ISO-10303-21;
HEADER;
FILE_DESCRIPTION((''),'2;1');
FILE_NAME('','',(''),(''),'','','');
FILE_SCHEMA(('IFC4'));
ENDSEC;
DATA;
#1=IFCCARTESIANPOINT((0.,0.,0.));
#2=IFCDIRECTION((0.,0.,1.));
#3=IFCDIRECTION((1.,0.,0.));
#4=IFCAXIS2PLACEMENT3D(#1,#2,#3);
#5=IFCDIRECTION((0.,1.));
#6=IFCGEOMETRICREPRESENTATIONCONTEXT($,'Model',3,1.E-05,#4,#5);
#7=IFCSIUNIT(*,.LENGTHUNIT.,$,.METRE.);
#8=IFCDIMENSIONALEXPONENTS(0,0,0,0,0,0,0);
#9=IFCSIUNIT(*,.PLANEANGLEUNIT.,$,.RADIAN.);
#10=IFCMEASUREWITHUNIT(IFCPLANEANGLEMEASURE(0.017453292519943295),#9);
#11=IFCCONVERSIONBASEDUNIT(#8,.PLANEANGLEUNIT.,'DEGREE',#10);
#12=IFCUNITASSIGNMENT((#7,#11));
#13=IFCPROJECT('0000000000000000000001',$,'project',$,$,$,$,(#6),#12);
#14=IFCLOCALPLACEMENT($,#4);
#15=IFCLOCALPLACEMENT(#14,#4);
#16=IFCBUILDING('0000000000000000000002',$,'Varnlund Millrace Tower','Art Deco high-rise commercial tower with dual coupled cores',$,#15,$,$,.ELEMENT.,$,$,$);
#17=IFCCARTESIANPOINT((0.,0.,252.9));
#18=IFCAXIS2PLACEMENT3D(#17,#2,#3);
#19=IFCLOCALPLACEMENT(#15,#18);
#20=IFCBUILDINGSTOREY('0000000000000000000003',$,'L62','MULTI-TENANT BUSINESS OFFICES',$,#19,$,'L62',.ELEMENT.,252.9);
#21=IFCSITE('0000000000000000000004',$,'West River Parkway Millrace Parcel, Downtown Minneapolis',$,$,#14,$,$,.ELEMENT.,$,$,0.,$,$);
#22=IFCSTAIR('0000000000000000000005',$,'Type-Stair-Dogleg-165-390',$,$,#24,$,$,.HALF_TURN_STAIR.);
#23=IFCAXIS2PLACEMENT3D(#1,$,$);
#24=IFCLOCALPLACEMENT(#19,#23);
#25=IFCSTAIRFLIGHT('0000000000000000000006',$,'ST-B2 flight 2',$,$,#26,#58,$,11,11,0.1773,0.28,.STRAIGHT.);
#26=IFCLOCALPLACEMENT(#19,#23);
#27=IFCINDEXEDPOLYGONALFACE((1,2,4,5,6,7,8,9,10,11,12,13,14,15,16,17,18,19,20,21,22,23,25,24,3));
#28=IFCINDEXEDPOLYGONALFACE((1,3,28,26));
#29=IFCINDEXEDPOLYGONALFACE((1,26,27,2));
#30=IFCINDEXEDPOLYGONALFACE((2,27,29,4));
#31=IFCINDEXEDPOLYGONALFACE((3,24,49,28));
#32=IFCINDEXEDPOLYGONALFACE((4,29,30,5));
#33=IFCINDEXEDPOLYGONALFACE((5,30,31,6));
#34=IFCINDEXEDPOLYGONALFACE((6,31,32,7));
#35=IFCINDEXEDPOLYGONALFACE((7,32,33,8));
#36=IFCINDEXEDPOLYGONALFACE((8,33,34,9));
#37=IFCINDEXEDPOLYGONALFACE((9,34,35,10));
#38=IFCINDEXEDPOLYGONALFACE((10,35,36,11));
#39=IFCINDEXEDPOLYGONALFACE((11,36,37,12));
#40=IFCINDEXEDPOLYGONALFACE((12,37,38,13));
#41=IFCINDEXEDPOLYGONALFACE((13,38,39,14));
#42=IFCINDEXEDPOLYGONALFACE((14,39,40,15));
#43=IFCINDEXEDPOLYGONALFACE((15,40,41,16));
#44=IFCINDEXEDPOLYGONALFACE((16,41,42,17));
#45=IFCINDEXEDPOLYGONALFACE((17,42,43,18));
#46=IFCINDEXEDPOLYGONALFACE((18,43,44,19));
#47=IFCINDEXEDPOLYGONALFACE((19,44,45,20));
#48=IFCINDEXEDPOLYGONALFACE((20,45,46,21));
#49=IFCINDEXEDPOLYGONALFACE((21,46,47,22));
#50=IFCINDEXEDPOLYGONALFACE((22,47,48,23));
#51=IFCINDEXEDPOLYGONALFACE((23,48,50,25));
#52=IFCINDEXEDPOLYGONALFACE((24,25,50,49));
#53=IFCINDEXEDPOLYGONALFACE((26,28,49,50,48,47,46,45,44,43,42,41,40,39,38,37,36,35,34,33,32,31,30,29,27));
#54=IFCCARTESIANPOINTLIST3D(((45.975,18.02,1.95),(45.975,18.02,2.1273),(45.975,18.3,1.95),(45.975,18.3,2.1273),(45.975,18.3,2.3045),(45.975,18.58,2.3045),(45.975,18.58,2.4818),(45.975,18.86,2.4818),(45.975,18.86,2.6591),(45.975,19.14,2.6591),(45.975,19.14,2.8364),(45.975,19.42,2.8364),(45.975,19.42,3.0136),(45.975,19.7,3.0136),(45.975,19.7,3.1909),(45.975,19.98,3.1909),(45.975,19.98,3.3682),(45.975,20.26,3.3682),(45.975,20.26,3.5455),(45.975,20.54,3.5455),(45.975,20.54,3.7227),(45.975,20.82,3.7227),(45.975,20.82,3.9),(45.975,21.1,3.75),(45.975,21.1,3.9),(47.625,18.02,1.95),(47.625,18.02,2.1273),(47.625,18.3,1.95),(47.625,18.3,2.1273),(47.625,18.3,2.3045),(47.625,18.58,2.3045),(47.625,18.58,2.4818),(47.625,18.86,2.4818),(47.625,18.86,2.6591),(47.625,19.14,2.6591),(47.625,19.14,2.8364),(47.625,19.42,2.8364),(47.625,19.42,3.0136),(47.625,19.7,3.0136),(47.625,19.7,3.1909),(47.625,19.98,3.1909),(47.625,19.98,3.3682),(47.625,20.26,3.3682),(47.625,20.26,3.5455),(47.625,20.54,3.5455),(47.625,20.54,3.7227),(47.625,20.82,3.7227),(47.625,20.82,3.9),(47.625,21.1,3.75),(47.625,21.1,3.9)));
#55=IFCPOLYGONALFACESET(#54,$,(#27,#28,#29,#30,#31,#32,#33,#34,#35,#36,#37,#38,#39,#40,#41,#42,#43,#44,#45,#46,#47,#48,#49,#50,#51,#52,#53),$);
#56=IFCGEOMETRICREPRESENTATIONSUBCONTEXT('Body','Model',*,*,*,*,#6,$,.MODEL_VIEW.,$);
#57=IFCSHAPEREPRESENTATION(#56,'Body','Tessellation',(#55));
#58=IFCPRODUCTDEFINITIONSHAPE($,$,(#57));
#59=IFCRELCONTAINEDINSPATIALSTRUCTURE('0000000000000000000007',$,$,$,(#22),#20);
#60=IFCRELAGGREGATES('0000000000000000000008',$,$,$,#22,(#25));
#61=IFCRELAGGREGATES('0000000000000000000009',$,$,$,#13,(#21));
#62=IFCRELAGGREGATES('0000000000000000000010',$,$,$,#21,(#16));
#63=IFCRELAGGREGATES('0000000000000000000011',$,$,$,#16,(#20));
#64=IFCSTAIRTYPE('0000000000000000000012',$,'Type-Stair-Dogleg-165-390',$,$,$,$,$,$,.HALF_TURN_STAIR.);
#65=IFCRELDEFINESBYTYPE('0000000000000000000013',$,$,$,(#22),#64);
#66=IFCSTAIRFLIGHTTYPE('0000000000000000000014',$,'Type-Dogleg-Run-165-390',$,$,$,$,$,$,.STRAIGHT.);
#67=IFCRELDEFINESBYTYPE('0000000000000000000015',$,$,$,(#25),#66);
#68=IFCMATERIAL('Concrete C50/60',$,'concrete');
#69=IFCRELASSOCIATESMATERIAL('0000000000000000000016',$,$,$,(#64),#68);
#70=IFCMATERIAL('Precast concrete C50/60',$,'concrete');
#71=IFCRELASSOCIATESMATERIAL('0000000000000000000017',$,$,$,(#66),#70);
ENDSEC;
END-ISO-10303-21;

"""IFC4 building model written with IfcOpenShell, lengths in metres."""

from ifc_helpers import new_model, entity, si_unit, converted_unit, direction, frame, origin_with_axes, place, context, subcontext, project, spatial, polyline, outline, extrude, material, type_object, element, aggregate, save


model = new_model("IFC4")

# Units and contexts
model_context = context("Model", 3, precision=1e-05, world=origin_with_axes(), true_north=direction((0.0, 1.0)))
body_context = subcontext(model_context, "Body", "Model", "MODEL_VIEW")
ifc_project = project(units=[si_unit("LENGTHUNIT", "METRE"), converted_unit("PLANEANGLEUNIT", "DEGREE", entity("IfcPlaneAngleMeasure", 0.017453292519943295), si_unit("PLANEANGLEUNIT", "RADIAN"), dimensions=[0, 0, 0, 0, 0, 0, 0])], contexts=[model_context])

# Site, building, storey
site_placement = place(None, origin_with_axes())
site = spatial("IfcSite", under=ifc_project, at=site_placement, Name="West River Parkway Millrace Parcel, Downtown Minneapolis", CompositionType="ELEMENT", RefElevation=0.0)
building_placement = place(site_placement, origin_with_axes())
building = spatial("IfcBuilding", under=site, at=building_placement, Name="Varnlund Millrace Tower", Description="Art Deco high-rise commercial tower with dual coupled cores", CompositionType="ELEMENT")
storey_placement = place(building_placement, frame((0.0, 0.0, 252.9), z_axis=(0.0, 0.0, 1.0), x_axis=(1.0, 0.0, 0.0)))
storey = spatial("IfcBuildingStorey", under=building, at=storey_placement, Name="L62", Description="MULTI-TENANT BUSINESS OFFICES", LongName="L62", CompositionType="ELEMENT", Elevation=252.9)

# Shared definitions
ifc_material_1 = material(Name="Precast concrete C50/60", Category="concrete")

# Stair, stair flight
ifc_material_2 = material(Name="Concrete C50/60", Category="concrete")
stair_type = type_object("IfcStairType", Name="Type-Stair-Dogleg-165-390", PredefinedType="HALF_TURN_STAIR", material=ifc_material_2)
stair_placement = place(storey_placement, origin_with_axes())
stair = element("IfcStair", 1, at=stair_placement, inside=storey, type_object=stair_type, Name="Type-Stair-Dogleg-165-390", PredefinedType="HALF_TURN_STAIR")
stair_flight_type = type_object("IfcStairFlightType", Name="Type-Dogleg-Run-165-390", PredefinedType="STRAIGHT", material=ifc_material_1)
stair_flight_placement = place(storey_placement, frame((45.975, 18.02, 1.95), z_axis=(1.0, 0.0, 0.0), x_axis=(0.0, 1.0, 0.0)))
stair_flight = element("IfcStairFlight", 2, at=stair_flight_placement, type_object=stair_flight_type, Name="ST-B2 flight 2", NumberOfRisers=11, NumberOfTreads=11, PredefinedType="STRAIGHT", RiserHeight=0.1773, TreadLength=0.28, context=body_context, shape_type="SweptSolid", body=[
    extrude(outline(polyline([(0.0, 0.0), (0.0, 0.1773), (0.28, 0.1773), (0.28, 0.3545), (0.56, 0.3545), (0.56, 0.5318), (0.84, 0.5318), (0.84, 0.7091), (1.12, 0.7091), (1.12, 0.8864), (1.4, 0.8864), (1.4, 1.0636), (1.68, 1.0636), (1.68, 1.2409), (1.96, 1.2409), (1.96, 1.4182), (2.24, 1.4182), (2.24, 1.5955), (2.52, 1.5955), (2.52, 1.7727), (2.8, 1.7727), (2.8, 1.95), (3.08, 1.95), (3.08, 1.8), (0.28, 0.0), (0.0, 0.0)])), origin_with_axes(), (0.0, 0.0, 1.0), 1.65),
])
aggregate(stair, [stair_flight])

save(model, "model.ifc")
